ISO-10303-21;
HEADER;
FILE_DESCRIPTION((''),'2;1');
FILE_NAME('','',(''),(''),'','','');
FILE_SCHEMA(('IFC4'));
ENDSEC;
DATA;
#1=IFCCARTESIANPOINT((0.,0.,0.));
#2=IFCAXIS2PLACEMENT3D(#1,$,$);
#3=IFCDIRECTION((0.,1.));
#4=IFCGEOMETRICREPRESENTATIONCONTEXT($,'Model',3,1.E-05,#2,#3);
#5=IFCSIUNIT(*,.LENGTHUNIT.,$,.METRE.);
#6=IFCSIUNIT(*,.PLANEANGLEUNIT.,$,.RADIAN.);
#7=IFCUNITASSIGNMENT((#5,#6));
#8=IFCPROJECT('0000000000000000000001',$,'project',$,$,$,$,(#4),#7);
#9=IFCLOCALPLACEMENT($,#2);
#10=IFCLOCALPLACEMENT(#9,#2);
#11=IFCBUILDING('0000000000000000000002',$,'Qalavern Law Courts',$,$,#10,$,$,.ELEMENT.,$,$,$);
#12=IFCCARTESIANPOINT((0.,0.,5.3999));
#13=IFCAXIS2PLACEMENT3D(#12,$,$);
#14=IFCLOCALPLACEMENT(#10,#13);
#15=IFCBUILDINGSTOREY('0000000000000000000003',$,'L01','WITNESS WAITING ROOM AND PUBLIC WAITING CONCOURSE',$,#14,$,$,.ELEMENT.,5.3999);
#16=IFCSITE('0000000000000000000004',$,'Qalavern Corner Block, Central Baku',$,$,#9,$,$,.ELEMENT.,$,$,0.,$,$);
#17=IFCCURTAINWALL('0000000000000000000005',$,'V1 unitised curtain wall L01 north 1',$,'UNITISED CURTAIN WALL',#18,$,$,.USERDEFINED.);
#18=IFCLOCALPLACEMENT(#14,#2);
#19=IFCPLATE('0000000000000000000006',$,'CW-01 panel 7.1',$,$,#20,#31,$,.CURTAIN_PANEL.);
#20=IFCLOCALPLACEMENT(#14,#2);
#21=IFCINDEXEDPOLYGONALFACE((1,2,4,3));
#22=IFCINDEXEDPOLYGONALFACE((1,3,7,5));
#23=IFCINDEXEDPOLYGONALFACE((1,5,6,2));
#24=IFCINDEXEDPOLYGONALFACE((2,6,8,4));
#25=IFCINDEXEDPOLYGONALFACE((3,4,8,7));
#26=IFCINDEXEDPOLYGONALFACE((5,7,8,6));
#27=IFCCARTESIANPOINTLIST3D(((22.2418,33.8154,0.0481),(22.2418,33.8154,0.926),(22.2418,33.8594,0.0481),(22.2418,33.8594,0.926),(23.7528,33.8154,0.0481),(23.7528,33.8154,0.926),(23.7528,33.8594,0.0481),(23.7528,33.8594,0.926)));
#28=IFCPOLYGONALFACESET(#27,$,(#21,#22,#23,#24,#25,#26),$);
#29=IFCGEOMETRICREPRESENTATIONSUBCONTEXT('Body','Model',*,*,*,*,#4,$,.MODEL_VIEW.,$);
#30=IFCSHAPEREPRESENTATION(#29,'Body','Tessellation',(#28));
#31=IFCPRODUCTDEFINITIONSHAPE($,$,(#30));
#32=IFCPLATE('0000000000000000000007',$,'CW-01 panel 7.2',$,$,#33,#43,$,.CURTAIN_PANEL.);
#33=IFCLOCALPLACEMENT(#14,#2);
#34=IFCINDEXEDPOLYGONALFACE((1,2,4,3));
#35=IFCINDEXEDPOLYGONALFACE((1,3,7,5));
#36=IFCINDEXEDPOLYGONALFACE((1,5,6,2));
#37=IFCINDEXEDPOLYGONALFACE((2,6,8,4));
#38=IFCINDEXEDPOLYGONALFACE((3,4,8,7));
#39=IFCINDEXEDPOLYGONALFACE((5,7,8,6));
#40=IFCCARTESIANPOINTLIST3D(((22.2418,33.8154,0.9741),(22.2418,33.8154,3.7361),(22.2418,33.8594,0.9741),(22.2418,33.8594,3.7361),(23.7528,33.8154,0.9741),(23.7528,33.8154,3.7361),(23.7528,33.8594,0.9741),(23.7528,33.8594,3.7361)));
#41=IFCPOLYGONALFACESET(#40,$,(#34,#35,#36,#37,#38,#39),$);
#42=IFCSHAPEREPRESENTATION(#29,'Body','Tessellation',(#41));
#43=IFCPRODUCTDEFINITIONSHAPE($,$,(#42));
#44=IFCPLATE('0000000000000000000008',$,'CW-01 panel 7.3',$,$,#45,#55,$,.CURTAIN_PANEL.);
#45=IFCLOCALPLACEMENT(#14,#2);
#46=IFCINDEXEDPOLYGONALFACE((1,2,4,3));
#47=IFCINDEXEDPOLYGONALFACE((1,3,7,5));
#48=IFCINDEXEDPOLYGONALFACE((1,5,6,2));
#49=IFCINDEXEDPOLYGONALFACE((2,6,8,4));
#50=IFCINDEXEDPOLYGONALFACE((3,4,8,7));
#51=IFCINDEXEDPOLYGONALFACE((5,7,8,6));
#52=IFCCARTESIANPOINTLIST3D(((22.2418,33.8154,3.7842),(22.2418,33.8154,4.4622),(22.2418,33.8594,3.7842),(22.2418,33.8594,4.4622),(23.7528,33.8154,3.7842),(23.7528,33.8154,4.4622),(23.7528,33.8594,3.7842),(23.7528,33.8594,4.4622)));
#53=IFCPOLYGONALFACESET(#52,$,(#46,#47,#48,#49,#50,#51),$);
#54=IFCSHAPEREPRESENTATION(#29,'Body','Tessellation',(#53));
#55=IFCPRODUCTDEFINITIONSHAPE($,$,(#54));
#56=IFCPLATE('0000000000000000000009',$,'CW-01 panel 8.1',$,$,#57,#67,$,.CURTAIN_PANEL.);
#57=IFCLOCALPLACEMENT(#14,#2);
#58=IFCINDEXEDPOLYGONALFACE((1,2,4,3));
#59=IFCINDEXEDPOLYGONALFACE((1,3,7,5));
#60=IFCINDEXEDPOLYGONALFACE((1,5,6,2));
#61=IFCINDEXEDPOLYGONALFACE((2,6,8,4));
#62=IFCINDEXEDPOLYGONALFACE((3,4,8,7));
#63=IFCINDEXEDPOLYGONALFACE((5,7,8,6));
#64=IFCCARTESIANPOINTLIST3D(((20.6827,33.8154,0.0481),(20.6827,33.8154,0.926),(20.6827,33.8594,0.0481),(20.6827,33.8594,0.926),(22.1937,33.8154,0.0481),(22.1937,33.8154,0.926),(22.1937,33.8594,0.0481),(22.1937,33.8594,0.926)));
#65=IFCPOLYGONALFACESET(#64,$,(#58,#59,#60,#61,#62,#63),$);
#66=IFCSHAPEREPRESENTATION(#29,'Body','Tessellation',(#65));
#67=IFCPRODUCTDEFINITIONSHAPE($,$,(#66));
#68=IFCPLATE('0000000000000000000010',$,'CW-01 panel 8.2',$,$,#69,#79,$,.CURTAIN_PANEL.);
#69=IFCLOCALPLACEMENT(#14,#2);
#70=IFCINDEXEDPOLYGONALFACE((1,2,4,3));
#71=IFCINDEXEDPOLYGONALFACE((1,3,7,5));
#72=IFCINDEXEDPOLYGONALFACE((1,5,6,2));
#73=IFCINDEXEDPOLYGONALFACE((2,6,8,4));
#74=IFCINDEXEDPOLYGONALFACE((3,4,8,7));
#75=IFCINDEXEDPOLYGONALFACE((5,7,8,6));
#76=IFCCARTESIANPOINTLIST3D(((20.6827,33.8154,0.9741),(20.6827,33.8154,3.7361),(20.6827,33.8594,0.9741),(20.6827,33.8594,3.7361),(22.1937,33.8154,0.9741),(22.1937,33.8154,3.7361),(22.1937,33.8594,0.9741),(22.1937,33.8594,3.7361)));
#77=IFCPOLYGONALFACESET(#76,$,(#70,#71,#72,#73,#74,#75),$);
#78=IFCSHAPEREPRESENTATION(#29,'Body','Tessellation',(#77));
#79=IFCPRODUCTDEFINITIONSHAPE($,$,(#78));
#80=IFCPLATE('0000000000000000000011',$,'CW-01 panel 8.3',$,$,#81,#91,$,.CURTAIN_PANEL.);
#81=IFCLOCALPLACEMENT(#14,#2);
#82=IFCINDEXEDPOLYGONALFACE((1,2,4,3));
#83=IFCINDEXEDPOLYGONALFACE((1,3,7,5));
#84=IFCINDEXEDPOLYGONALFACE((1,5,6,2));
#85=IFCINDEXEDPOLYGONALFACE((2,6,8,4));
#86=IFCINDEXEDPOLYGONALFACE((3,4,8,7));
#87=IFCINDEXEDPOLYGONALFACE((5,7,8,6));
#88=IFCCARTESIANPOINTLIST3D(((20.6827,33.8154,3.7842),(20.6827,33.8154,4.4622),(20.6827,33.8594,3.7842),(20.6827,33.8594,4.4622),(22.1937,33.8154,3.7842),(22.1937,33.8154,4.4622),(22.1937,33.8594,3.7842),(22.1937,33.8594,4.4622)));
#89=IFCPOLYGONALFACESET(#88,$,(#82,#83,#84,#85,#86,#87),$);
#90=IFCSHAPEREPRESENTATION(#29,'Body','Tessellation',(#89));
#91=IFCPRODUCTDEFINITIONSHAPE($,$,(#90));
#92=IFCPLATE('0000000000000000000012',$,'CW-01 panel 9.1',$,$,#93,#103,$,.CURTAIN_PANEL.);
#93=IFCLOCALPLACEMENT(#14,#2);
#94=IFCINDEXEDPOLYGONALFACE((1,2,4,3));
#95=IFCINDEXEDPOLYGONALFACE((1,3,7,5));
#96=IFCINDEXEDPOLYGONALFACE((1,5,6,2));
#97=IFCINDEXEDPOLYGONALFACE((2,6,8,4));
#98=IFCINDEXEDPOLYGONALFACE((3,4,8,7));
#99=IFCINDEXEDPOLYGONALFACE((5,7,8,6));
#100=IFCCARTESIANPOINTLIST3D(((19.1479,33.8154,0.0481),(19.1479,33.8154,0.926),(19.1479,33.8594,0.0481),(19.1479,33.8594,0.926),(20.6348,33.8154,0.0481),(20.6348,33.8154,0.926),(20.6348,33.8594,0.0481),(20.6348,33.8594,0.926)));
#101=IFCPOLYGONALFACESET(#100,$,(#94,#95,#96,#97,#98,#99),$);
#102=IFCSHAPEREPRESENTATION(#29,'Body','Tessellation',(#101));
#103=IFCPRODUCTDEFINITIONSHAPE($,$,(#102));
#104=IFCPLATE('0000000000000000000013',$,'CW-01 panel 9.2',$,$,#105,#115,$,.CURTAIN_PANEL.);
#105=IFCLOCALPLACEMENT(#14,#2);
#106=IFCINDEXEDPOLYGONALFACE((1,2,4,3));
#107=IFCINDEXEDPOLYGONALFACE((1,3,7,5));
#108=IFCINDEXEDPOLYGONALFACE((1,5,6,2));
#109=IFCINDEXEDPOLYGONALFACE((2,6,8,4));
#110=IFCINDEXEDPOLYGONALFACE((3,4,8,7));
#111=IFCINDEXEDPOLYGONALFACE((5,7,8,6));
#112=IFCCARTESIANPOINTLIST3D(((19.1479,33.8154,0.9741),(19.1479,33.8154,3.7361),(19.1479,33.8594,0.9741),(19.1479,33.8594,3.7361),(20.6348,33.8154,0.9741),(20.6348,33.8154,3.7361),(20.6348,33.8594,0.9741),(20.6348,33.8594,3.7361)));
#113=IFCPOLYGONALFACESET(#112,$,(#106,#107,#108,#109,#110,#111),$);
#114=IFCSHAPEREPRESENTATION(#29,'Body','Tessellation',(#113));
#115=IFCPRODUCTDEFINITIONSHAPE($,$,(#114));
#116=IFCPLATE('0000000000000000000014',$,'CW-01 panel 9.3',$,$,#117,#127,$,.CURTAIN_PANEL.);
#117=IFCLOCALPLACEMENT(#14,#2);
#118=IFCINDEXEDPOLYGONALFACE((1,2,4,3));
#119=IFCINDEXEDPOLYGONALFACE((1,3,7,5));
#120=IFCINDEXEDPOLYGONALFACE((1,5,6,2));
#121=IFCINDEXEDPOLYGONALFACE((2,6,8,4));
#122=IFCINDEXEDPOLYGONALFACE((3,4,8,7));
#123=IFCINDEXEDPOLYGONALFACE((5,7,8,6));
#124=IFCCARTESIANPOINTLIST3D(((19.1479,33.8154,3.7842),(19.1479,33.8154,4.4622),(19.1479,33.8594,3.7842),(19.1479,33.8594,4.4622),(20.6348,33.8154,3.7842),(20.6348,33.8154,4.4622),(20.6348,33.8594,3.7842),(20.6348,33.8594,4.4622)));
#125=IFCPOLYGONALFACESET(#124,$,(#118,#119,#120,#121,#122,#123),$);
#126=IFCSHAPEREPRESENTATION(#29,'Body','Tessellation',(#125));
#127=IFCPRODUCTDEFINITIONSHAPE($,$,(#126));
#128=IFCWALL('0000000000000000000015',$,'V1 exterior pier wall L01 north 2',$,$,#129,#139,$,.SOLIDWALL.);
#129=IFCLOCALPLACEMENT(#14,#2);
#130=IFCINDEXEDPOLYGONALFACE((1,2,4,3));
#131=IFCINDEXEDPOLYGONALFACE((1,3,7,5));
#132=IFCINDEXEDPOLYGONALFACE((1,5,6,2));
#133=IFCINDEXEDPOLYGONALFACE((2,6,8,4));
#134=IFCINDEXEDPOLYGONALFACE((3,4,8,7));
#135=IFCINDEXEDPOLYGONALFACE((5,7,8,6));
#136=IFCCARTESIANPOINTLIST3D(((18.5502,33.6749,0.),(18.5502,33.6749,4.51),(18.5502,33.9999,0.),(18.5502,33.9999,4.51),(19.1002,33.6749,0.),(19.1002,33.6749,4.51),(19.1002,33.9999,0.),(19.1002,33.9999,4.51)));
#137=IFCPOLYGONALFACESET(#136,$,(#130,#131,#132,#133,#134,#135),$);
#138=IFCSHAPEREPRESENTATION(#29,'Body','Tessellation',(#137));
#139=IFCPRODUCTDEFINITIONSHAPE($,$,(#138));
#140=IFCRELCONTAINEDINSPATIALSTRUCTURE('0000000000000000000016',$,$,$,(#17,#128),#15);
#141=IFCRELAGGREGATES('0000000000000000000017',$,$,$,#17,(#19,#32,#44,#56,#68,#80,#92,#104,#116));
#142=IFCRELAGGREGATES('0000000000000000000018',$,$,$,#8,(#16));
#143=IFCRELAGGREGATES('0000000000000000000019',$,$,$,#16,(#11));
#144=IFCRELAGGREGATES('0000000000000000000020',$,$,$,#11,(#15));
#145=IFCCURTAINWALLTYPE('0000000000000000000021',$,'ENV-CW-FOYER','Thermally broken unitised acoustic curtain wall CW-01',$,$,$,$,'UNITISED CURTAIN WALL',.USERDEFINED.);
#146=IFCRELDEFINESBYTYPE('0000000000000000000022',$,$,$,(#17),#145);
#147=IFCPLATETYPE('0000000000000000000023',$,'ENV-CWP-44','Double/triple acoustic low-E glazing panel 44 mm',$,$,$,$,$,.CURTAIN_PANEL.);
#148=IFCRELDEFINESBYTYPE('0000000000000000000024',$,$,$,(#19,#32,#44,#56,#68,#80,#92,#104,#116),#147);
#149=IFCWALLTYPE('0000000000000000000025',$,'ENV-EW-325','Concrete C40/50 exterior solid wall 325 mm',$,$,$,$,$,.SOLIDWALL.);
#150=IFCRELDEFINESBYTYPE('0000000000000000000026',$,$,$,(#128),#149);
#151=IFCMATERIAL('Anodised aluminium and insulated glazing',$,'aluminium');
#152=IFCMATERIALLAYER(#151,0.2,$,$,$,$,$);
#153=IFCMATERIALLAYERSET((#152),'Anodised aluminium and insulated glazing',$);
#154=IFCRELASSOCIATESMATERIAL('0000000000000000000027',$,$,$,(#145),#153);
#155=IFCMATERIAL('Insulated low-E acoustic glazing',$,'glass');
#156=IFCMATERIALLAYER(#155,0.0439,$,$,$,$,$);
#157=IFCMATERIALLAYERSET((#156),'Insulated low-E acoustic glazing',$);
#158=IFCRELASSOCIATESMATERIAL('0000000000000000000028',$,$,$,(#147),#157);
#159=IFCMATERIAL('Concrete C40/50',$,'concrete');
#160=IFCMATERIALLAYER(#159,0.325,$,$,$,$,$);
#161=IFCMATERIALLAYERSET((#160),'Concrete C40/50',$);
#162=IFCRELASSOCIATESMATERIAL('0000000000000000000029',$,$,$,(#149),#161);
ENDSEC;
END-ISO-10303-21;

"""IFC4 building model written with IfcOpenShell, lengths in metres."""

from ifc_helpers import new_model, si_unit, direction, frame, frame_2d, origin, origin_2d, place, context, subcontext, project, spatial, rectangle, extrude, material, layer, layer_set, type_object, element, aggregate, save


model = new_model("IFC4")

# Units and contexts
model_context = context("Model", 3, precision=1e-05, world=origin(), true_north=direction((0.0, 1.0)))
body_context = subcontext(model_context, "Body", "Model", "MODEL_VIEW")
ifc_project = project(units=[si_unit("LENGTHUNIT", "METRE"), si_unit("PLANEANGLEUNIT", "RADIAN")], contexts=[model_context])

# Site, building, storey
site_placement = place(None, origin())
site = spatial("IfcSite", under=ifc_project, at=site_placement, Name="Qalavern Corner Block, Central Baku", CompositionType="ELEMENT", RefElevation=0.0)
building_placement = place(site_placement, origin())
building = spatial("IfcBuilding", under=site, at=building_placement, Name="Qalavern Law Courts", CompositionType="ELEMENT")
storey_placement = place(building_placement, frame((0.0, 0.0, 5.3999)))
storey = spatial("IfcBuildingStorey", under=building, at=storey_placement, Name="L01", Description="WITNESS WAITING ROOM AND PUBLIC WAITING CONCOURSE", CompositionType="ELEMENT", Elevation=5.3999)

# Curtain wall, plates
ifc_material_1 = material(Name="Anodised aluminium and insulated glazing", Category="aluminium")
ifc_layer_1 = layer(ifc_material_1, 0.2)
ifc_layer_set_1 = layer_set([ifc_layer_1], Name="Anodised aluminium and insulated glazing")
curtain_wall_type = type_object("IfcCurtainWallType", Name="ENV-CW-FOYER", Description="Thermally broken unitised acoustic curtain wall CW-01", ElementType="UNITISED CURTAIN WALL", PredefinedType="USERDEFINED", material=ifc_layer_set_1)
curtain_wall_placement = place(storey_placement, origin())
curtain_wall = element("IfcCurtainWall", 1, at=curtain_wall_placement, inside=storey, type_object=curtain_wall_type, Name="V1 unitised curtain wall L01 north 1", ObjectType="UNITISED CURTAIN WALL", PredefinedType="USERDEFINED")
ifc_material_2 = material(Name="Insulated low-E acoustic glazing", Category="glass")
ifc_layer_2 = layer(ifc_material_2, 0.0439)
ifc_layer_set_2 = layer_set([ifc_layer_2], Name="Insulated low-E acoustic glazing")
plate_type = type_object("IfcPlateType", Name="ENV-CWP-44", Description="Double/triple acoustic low-E glazing panel 44 mm", PredefinedType="CURTAIN_PANEL", material=ifc_layer_set_2)
plate_1_placement = place(storey_placement, frame((22.9973, 33.8374, 0.0481), z_axis=(0.0, 0.0, 1.0), x_axis=(-1.0, 0.0, 0.0)))
plate_1 = element("IfcPlate", 2, at=plate_1_placement, type_object=plate_type, Name="CW-01 panel 7.1", PredefinedType="CURTAIN_PANEL", context=body_context, shape_type="SweptSolid", body=[
    extrude(rectangle(XDim=1.511, YDim=0.0439, at=origin_2d()), origin(), (0.0, 0.0, 1.0), 0.8779),
])
plate_2_placement = place(storey_placement, frame((22.9973, 33.8374, 0.9741), z_axis=(0.0, 0.0, 1.0), x_axis=(-1.0, 0.0, 0.0)))
plate_2 = element("IfcPlate", 3, at=plate_2_placement, type_object=plate_type, Name="CW-01 panel 7.2", PredefinedType="CURTAIN_PANEL", context=body_context, shape_type="SweptSolid", body=[
    extrude(rectangle(XDim=1.511, YDim=0.0439, at=origin_2d()), origin(), (0.0, 0.0, 1.0), 2.762),
])
plate_3_placement = place(storey_placement, frame((22.9973, 33.8374, 3.7842), z_axis=(0.0, 0.0, 1.0), x_axis=(-1.0, 0.0, 0.0)))
plate_3 = element("IfcPlate", 4, at=plate_3_placement, type_object=plate_type, Name="CW-01 panel 7.3", PredefinedType="CURTAIN_PANEL", context=body_context, shape_type="SweptSolid", body=[
    extrude(rectangle(XDim=1.511, YDim=0.0439, at=origin_2d()), origin(), (0.0, 0.0, 1.0), 0.678),
])
plate_4_placement = place(storey_placement, frame((21.4382, 33.8374, 0.0481), z_axis=(0.0, 0.0, 1.0), x_axis=(-1.0, 0.0, 0.0)))
plate_4 = element("IfcPlate", 5, at=plate_4_placement, type_object=plate_type, Name="CW-01 panel 8.1", PredefinedType="CURTAIN_PANEL", context=body_context, shape_type="SweptSolid", body=[
    extrude(rectangle(XDim=1.511, YDim=0.0439, at=origin_2d()), origin(), (0.0, 0.0, 1.0), 0.8779),
])
plate_5_placement = place(storey_placement, frame((21.4382, 33.8374, 0.9741), z_axis=(0.0, 0.0, 1.0), x_axis=(-1.0, 0.0, 0.0)))
plate_5 = element("IfcPlate", 6, at=plate_5_placement, type_object=plate_type, Name="CW-01 panel 8.2", PredefinedType="CURTAIN_PANEL", context=body_context, shape_type="SweptSolid", body=[
    extrude(rectangle(XDim=1.511, YDim=0.0439, at=origin_2d()), origin(), (0.0, 0.0, 1.0), 2.762),
])
plate_6_placement = place(storey_placement, frame((21.4382, 33.8374, 3.7842), z_axis=(0.0, 0.0, 1.0), x_axis=(-1.0, 0.0, 0.0)))
plate_6 = element("IfcPlate", 7, at=plate_6_placement, type_object=plate_type, Name="CW-01 panel 8.3", PredefinedType="CURTAIN_PANEL", context=body_context, shape_type="SweptSolid", body=[
    extrude(rectangle(XDim=1.511, YDim=0.0439, at=origin_2d()), origin(), (0.0, 0.0, 1.0), 0.678),
])
plate_7_placement = place(storey_placement, frame((19.8914, 33.8374, 0.0481), z_axis=(0.0, 0.0, 1.0), x_axis=(-1.0, 0.0, 0.0)))
plate_7 = element("IfcPlate", 8, at=plate_7_placement, type_object=plate_type, Name="CW-01 panel 9.1", PredefinedType="CURTAIN_PANEL", context=body_context, shape_type="SweptSolid", body=[
    extrude(rectangle(XDim=1.4868, YDim=0.0439, at=origin_2d()), origin(), (0.0, 0.0, 1.0), 0.8779),
])
plate_8_placement = place(storey_placement, frame((19.8914, 33.8374, 0.9741), z_axis=(0.0, 0.0, 1.0), x_axis=(-1.0, 0.0, 0.0)))
plate_8 = element("IfcPlate", 9, at=plate_8_placement, type_object=plate_type, Name="CW-01 panel 9.2", PredefinedType="CURTAIN_PANEL", context=body_context, shape_type="SweptSolid", body=[
    extrude(rectangle(XDim=1.4868, YDim=0.0439, at=origin_2d()), origin(), (0.0, 0.0, 1.0), 2.762),
])
plate_9_placement = place(storey_placement, frame((19.8914, 33.8374, 3.7842), z_axis=(0.0, 0.0, 1.0), x_axis=(-1.0, 0.0, 0.0)))
plate_9 = element("IfcPlate", 10, at=plate_9_placement, type_object=plate_type, Name="CW-01 panel 9.3", PredefinedType="CURTAIN_PANEL", context=body_context, shape_type="SweptSolid", body=[
    extrude(rectangle(XDim=1.4868, YDim=0.0439, at=origin_2d()), origin(), (0.0, 0.0, 1.0), 0.678),
])
aggregate(curtain_wall, [plate_1, plate_2, plate_3, plate_4, plate_5, plate_6, plate_7, plate_8, plate_9])

# Wall
ifc_material_3 = material(Name="Concrete C40/50", Category="concrete")
ifc_layer_3 = layer(ifc_material_3, 0.325)
ifc_layer_set_3 = layer_set([ifc_layer_3], Name="Concrete C40/50")
wall_type = type_object("IfcWallType", Name="ENV-EW-325", Description="Concrete C40/50 exterior solid wall 325 mm", PredefinedType="SOLIDWALL", material=ifc_layer_set_3)
wall_placement = place(storey_placement, frame((19.1001, 33.8374, 0.0), z_axis=(0.0, 0.0, 1.0), x_axis=(-1.0, 0.0, 0.0)))
element("IfcWall", 11, at=wall_placement, inside=storey, type_object=wall_type, Name="V1 exterior pier wall L01 north 2", PredefinedType="SOLIDWALL", context=body_context, shape_type="SweptSolid", body=[
    extrude(rectangle(XDim=0.55, YDim=0.325, at=frame_2d((0.2749, 0.0))), origin(), (0.0, 0.0, 1.0), 4.51),
])

save(model, "model.ifc")
